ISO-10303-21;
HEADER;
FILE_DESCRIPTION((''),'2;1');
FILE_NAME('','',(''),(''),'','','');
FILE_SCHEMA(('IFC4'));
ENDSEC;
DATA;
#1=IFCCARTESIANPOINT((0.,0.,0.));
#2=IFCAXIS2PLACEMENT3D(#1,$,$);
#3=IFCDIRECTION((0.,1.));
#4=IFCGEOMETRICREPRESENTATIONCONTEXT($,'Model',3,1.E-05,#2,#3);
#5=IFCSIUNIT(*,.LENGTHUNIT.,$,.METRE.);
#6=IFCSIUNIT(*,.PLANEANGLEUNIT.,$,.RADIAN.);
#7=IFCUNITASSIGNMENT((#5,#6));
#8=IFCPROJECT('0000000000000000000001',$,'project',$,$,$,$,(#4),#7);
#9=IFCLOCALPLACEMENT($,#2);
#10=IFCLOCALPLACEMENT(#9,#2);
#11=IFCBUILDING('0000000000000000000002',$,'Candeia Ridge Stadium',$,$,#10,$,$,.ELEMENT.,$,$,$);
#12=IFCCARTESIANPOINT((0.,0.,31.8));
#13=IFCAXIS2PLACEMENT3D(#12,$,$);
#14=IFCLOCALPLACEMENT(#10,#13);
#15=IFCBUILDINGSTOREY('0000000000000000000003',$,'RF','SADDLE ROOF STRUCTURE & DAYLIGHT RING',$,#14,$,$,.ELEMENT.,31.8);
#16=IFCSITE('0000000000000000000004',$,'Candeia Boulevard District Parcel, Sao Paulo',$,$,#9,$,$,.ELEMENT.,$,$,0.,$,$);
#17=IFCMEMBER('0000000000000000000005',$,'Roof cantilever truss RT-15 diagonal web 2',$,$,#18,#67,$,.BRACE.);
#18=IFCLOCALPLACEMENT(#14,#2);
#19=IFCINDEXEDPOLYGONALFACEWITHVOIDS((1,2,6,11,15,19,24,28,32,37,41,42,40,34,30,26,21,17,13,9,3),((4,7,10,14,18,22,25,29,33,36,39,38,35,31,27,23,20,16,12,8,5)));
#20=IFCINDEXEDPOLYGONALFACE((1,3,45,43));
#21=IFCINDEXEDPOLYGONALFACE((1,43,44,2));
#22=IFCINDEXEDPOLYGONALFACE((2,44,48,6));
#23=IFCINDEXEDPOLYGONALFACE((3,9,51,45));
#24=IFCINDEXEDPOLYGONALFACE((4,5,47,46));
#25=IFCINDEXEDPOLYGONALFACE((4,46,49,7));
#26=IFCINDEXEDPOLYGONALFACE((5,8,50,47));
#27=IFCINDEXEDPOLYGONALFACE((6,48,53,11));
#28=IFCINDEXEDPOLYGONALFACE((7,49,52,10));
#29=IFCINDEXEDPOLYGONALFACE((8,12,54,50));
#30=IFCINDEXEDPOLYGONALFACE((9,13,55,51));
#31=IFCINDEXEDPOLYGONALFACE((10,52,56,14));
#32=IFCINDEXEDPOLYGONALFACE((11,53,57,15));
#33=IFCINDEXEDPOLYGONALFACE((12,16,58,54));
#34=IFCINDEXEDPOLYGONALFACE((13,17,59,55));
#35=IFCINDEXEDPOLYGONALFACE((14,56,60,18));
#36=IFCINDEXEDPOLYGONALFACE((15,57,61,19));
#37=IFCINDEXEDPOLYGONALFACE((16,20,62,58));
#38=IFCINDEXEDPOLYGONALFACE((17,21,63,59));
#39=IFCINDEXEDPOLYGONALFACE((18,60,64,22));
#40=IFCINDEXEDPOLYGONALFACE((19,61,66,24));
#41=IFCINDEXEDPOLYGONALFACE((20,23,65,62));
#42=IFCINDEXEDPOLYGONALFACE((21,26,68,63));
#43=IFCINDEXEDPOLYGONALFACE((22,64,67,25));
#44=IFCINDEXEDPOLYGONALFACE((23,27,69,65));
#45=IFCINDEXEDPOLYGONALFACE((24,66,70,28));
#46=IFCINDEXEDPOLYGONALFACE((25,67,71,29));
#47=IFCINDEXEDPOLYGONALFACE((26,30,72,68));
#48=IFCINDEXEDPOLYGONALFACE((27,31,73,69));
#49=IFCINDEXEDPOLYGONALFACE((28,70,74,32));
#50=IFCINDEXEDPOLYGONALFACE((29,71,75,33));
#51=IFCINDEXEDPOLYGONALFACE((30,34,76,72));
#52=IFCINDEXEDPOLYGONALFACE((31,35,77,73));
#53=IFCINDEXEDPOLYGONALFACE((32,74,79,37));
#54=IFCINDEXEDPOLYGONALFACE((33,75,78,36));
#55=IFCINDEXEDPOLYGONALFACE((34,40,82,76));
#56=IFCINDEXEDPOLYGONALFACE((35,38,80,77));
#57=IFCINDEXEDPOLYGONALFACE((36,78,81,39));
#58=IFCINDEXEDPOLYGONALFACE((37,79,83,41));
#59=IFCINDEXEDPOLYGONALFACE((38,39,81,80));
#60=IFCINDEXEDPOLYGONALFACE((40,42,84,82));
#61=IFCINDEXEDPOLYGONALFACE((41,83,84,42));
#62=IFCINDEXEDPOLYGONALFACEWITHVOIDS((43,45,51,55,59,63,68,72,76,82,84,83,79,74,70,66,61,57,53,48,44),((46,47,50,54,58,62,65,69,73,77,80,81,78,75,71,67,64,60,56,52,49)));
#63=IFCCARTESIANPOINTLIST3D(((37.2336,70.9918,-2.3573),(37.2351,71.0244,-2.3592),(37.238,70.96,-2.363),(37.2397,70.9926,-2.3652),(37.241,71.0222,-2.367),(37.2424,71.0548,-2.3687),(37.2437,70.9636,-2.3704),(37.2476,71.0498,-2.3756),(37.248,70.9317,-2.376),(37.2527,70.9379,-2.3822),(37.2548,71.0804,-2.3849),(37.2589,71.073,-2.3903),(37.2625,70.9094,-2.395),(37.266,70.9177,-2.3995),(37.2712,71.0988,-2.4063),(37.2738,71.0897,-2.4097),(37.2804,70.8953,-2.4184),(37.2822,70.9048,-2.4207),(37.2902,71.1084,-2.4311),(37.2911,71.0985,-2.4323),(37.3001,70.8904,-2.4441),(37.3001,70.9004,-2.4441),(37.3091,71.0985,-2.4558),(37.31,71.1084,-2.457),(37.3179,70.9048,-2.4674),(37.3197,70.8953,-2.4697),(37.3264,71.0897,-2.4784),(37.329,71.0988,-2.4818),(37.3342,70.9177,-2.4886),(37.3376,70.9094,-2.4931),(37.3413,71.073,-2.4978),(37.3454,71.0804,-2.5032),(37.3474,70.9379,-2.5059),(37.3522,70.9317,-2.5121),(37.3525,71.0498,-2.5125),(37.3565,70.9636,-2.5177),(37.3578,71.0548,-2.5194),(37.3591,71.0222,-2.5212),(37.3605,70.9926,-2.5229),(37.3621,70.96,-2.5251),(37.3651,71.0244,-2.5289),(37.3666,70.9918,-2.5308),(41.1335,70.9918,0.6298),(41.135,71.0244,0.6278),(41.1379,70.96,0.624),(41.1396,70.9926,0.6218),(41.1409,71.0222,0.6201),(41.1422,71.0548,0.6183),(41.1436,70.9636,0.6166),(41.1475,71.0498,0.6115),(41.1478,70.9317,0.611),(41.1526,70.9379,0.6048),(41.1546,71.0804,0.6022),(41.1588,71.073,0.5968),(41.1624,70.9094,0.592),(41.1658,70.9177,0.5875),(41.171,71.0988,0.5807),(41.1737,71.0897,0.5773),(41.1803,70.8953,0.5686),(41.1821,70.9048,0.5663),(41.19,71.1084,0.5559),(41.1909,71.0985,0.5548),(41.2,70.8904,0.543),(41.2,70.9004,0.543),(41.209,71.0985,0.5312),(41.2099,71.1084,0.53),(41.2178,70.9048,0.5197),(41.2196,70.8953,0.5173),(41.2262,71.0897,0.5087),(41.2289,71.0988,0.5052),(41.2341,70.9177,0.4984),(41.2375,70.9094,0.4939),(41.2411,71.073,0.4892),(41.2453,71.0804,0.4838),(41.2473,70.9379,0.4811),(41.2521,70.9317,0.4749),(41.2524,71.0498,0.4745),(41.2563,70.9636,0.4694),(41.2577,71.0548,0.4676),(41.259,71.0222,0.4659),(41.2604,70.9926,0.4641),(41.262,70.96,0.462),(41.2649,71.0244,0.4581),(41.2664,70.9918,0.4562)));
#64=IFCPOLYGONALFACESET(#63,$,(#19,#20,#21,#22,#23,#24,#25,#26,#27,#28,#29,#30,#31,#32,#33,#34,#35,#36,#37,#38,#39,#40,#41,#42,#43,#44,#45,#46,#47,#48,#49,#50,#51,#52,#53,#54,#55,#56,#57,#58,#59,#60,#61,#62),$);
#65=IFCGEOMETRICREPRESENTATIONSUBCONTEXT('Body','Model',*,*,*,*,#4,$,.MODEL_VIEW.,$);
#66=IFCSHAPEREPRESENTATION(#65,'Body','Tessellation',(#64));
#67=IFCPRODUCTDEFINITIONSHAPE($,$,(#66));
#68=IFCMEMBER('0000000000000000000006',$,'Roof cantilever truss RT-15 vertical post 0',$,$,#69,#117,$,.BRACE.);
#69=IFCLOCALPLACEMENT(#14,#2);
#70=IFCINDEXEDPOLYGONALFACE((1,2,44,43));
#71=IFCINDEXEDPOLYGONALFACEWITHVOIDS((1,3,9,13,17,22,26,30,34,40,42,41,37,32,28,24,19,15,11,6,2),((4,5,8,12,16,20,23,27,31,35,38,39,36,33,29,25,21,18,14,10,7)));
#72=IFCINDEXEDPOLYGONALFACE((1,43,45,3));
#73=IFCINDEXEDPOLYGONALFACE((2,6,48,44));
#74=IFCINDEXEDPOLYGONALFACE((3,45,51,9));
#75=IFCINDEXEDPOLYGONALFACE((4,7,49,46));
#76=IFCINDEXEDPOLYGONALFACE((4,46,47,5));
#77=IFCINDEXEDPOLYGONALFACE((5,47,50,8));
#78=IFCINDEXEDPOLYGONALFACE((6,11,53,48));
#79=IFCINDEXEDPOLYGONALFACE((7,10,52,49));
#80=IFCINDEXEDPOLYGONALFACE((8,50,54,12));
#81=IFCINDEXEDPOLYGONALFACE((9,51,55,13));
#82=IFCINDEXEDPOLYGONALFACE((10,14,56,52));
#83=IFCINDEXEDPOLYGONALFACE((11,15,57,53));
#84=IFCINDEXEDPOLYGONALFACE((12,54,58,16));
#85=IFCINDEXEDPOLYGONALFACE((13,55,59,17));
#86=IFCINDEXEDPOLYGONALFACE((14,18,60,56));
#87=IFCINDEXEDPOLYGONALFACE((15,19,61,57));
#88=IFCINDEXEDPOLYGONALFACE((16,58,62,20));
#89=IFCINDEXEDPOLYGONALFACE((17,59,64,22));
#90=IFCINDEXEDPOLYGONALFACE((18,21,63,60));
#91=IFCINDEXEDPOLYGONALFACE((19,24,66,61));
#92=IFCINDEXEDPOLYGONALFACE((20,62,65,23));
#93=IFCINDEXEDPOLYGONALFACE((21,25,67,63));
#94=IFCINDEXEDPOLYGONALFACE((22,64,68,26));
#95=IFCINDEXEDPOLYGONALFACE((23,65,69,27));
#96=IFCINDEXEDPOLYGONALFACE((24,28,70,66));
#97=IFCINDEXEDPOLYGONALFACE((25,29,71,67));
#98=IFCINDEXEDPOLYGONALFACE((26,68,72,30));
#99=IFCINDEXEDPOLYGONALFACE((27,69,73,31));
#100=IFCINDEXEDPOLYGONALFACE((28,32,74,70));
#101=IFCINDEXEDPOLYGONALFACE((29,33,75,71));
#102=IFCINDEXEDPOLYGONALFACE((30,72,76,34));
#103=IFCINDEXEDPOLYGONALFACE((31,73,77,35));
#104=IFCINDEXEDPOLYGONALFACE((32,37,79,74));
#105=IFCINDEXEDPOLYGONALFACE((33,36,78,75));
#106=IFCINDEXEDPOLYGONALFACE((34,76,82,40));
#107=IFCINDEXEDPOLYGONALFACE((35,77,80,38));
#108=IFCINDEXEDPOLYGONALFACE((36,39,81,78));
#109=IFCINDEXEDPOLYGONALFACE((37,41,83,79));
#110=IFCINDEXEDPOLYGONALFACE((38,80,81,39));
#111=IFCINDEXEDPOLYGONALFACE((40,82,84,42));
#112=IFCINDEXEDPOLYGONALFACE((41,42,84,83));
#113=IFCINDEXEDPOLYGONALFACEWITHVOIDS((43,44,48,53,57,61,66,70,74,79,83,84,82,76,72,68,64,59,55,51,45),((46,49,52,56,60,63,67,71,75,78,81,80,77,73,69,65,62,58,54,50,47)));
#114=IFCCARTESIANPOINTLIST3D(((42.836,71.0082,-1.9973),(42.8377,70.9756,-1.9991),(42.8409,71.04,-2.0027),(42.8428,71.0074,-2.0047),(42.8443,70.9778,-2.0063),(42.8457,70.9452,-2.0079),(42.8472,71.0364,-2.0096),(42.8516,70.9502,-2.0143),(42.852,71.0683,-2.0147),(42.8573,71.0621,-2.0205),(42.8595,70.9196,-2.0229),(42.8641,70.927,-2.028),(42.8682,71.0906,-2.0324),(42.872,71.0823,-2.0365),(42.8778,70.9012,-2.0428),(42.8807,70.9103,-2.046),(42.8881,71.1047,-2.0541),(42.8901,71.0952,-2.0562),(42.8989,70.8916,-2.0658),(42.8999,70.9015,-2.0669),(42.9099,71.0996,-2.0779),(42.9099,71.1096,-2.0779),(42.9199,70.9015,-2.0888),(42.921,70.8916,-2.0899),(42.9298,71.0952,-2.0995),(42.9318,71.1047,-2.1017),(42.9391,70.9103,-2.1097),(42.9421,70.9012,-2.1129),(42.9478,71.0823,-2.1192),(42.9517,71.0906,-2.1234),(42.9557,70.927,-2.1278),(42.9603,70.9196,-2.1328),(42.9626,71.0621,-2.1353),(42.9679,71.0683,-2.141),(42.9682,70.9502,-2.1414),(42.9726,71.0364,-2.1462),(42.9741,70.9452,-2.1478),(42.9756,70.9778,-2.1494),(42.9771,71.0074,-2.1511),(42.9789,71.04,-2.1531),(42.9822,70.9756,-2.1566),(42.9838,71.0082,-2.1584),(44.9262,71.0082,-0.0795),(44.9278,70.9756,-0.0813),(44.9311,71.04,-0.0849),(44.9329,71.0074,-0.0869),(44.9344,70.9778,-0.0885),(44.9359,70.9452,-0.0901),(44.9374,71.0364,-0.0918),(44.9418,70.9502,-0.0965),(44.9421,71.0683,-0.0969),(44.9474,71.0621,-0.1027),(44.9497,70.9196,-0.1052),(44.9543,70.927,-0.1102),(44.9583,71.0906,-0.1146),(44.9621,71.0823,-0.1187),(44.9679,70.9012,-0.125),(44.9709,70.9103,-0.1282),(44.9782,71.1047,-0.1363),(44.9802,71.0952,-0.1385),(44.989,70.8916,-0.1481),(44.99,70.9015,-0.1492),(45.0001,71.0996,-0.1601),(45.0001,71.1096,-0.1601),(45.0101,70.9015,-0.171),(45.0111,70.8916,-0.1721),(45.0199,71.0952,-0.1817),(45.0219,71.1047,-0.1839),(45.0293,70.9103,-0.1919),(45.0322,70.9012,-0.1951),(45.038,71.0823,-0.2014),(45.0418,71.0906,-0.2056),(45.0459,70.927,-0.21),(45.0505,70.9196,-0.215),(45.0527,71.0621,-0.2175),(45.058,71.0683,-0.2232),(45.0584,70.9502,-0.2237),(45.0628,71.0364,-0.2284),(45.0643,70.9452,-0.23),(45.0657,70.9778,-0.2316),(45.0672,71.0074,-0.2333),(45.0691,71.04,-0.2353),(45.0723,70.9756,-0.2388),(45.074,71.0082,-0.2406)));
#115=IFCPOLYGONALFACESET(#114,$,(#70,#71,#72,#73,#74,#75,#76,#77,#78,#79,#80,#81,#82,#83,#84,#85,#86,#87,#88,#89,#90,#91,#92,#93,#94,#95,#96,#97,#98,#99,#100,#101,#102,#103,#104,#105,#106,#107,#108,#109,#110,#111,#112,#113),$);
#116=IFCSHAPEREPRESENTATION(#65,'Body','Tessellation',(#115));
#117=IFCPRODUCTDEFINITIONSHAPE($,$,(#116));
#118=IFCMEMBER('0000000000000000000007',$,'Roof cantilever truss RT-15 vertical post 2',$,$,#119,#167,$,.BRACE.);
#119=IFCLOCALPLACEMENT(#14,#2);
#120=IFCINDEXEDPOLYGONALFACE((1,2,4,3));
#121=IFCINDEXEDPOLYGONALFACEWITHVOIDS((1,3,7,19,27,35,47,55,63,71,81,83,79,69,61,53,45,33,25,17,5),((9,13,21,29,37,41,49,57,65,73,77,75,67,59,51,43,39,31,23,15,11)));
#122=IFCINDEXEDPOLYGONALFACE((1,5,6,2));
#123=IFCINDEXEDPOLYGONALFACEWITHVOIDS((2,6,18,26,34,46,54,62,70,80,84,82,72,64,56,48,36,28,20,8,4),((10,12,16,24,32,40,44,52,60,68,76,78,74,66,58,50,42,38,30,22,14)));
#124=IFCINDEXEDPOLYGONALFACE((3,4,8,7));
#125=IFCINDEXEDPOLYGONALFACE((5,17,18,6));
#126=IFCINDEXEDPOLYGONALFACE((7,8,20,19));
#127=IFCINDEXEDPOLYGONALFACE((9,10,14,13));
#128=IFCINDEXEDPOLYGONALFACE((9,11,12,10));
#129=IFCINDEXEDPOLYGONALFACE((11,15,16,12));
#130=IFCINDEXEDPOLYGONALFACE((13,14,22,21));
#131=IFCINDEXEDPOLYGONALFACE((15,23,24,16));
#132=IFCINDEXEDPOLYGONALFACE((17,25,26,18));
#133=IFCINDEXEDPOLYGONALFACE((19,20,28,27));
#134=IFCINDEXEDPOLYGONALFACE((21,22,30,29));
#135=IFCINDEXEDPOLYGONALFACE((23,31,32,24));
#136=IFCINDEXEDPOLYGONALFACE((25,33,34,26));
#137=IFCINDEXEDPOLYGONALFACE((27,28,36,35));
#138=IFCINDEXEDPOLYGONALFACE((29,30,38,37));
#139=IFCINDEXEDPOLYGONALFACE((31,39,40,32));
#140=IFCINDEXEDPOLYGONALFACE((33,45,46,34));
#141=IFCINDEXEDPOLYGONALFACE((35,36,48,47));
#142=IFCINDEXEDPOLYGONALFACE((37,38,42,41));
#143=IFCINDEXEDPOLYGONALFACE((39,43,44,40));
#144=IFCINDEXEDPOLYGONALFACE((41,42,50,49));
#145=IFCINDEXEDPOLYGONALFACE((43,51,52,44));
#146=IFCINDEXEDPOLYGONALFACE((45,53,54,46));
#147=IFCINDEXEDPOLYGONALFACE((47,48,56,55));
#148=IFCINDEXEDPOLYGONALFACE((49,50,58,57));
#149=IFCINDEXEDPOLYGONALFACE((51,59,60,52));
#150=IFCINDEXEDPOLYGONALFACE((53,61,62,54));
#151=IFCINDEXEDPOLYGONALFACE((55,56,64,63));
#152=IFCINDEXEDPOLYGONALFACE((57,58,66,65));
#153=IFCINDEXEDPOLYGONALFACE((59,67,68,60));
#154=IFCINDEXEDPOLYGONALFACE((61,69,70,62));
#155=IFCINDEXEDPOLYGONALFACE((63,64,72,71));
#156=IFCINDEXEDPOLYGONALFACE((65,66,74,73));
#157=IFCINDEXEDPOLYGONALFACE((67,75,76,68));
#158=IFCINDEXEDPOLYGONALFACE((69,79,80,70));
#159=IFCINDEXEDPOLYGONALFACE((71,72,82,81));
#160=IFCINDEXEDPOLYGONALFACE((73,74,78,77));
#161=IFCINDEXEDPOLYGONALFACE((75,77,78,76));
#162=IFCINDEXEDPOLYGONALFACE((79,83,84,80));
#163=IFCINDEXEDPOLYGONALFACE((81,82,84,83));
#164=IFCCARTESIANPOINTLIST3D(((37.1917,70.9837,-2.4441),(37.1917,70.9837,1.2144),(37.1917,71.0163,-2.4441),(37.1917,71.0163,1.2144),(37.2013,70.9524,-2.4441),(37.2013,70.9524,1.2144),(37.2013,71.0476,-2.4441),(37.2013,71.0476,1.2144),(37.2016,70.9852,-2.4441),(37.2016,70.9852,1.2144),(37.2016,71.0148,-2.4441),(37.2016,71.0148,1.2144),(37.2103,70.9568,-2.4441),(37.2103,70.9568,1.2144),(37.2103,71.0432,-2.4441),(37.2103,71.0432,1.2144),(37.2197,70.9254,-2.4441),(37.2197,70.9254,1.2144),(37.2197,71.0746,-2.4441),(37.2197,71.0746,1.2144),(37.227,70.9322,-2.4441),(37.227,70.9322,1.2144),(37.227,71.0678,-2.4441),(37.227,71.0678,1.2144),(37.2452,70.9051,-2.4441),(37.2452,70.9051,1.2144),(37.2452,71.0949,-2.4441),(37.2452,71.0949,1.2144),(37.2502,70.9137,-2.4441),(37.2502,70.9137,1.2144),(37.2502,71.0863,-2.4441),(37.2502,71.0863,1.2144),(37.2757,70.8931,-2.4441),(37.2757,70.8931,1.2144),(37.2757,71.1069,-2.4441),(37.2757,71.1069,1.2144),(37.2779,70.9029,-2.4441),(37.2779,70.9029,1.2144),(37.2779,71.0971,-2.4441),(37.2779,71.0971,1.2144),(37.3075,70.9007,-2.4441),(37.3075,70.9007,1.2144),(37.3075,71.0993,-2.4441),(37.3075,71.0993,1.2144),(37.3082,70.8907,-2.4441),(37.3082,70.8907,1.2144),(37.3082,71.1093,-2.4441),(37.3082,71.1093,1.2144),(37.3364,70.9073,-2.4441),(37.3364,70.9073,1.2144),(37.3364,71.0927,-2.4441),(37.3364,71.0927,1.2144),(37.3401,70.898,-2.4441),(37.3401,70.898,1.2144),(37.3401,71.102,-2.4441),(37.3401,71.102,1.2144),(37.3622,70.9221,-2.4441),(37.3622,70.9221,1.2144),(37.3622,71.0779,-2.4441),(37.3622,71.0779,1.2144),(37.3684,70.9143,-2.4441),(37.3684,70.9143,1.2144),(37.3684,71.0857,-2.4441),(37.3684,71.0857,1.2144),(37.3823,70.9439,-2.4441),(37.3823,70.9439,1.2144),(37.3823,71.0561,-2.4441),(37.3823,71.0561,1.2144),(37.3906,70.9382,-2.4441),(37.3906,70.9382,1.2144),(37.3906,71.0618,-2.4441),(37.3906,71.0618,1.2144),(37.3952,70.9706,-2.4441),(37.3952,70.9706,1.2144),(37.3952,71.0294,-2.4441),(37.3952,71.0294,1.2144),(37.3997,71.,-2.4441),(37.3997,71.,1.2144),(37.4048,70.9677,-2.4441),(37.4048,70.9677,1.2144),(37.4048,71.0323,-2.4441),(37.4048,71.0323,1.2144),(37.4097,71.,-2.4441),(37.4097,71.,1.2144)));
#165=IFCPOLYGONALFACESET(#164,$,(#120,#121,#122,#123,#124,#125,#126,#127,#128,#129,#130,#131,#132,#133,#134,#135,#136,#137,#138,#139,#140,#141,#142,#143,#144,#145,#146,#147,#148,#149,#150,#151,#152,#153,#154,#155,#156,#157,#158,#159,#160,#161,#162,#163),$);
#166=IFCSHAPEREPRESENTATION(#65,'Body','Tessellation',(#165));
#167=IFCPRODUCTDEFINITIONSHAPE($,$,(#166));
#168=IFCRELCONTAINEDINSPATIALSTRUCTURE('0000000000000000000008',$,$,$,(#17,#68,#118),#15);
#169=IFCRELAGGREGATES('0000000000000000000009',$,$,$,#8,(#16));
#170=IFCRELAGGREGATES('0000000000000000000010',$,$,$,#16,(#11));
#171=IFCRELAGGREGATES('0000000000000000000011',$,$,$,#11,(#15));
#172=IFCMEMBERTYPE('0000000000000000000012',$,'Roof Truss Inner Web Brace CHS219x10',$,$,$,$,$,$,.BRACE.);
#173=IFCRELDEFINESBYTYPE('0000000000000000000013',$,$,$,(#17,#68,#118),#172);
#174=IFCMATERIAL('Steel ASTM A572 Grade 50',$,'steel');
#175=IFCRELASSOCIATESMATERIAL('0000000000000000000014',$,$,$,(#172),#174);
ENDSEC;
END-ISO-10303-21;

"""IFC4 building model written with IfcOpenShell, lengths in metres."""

from ifc_helpers import new_model, si_unit, direction, frame, origin, origin_2d, place, context, subcontext, project, spatial, hollow_circle, extrude, material, material_profile, profile_set, type_object, element, save


model = new_model("IFC4")

# Units and contexts
model_context = context("Model", 3, precision=1e-05, world=origin(), true_north=direction((0.0, 1.0)))
body_context = subcontext(model_context, "Body", "Model", "MODEL_VIEW")
ifc_project = project(units=[si_unit("LENGTHUNIT", "METRE"), si_unit("PLANEANGLEUNIT", "RADIAN")], contexts=[model_context])

# Site, building, storey
site_placement = place(None, origin())
site = spatial("IfcSite", under=ifc_project, at=site_placement, Name="Candeia Boulevard District Parcel, Sao Paulo", CompositionType="ELEMENT", RefElevation=0.0)
building_placement = place(site_placement, origin())
building = spatial("IfcBuilding", under=site, at=building_placement, Name="Candeia Ridge Stadium", CompositionType="ELEMENT")
storey_placement = place(building_placement, frame((0.0, 0.0, 31.8)))
storey = spatial("IfcBuildingStorey", under=building, at=storey_placement, Name="RF", Description="SADDLE ROOF STRUCTURE & DAYLIGHT RING", CompositionType="ELEMENT", Elevation=31.8)

# Shared definitions
ifc_material_1 = material(Name="Steel ASTM A572 Grade 50", Category="steel")

# Members
ifc_material_profile_1 = material_profile(ifc_material_1, hollow_circle(Radius=0.1096, WallThickness=0.01, at=origin_2d()), Name="CHS219x10", Category="steel")
ifc_profile_set_1 = profile_set([ifc_material_profile_1], Name="Steel ASTM A572 Grade 50")
member_type_1 = type_object("IfcMemberType", Name="Roof Truss Inner Web Brace CHS219x10", PredefinedType="BRACE", material=ifc_profile_set_1)
member_1_placement = place(storey_placement, frame((41.2, 71.0, 0.543), z_axis=(-0.793888, 0.0, -0.608064), x_axis=(0.0, -1.0, 0.0)))
element("IfcMember", 1, at=member_1_placement, inside=storey, type_object=member_type_1, Name="Roof cantilever truss RT-15 diagonal web 2", PredefinedType="BRACE", context=body_context, shape_type="SweptSolid", body=[
    extrude(hollow_circle(Radius=0.1096, WallThickness=0.01, at=origin_2d()), origin(), (0.0, 0.0, 1.0), 4.9124),
])
member_2_placement = place(storey_placement, frame((42.9099, 71.0, -2.0779), z_axis=(0.736836, 0.0, 0.676071), x_axis=(0.0, 1.0, 0.0)))
element("IfcMember", 2, at=member_2_placement, inside=storey, type_object=member_type_1, Name="Roof cantilever truss RT-15 vertical post 0", PredefinedType="BRACE", context=body_context, shape_type="SweptSolid", body=[
    extrude(hollow_circle(Radius=0.1096, WallThickness=0.01, at=origin_2d()), origin(), (0.0, 0.0, 1.0), 2.8367),
])
member_3_placement = place(storey_placement, frame((37.3, 71.0, -2.4441), z_axis=(0.0, 0.0, 1.0), x_axis=(1.0, 0.0, 0.0)))
element("IfcMember", 3, at=member_3_placement, inside=storey, type_object=member_type_1, Name="Roof cantilever truss RT-15 vertical post 2", PredefinedType="BRACE", context=body_context, shape_type="SweptSolid", body=[
    extrude(hollow_circle(Radius=0.1096, WallThickness=0.01, at=origin_2d()), origin(), (0.0, 0.0, 1.0), 3.6584),
])

save(model, "model.ifc")
